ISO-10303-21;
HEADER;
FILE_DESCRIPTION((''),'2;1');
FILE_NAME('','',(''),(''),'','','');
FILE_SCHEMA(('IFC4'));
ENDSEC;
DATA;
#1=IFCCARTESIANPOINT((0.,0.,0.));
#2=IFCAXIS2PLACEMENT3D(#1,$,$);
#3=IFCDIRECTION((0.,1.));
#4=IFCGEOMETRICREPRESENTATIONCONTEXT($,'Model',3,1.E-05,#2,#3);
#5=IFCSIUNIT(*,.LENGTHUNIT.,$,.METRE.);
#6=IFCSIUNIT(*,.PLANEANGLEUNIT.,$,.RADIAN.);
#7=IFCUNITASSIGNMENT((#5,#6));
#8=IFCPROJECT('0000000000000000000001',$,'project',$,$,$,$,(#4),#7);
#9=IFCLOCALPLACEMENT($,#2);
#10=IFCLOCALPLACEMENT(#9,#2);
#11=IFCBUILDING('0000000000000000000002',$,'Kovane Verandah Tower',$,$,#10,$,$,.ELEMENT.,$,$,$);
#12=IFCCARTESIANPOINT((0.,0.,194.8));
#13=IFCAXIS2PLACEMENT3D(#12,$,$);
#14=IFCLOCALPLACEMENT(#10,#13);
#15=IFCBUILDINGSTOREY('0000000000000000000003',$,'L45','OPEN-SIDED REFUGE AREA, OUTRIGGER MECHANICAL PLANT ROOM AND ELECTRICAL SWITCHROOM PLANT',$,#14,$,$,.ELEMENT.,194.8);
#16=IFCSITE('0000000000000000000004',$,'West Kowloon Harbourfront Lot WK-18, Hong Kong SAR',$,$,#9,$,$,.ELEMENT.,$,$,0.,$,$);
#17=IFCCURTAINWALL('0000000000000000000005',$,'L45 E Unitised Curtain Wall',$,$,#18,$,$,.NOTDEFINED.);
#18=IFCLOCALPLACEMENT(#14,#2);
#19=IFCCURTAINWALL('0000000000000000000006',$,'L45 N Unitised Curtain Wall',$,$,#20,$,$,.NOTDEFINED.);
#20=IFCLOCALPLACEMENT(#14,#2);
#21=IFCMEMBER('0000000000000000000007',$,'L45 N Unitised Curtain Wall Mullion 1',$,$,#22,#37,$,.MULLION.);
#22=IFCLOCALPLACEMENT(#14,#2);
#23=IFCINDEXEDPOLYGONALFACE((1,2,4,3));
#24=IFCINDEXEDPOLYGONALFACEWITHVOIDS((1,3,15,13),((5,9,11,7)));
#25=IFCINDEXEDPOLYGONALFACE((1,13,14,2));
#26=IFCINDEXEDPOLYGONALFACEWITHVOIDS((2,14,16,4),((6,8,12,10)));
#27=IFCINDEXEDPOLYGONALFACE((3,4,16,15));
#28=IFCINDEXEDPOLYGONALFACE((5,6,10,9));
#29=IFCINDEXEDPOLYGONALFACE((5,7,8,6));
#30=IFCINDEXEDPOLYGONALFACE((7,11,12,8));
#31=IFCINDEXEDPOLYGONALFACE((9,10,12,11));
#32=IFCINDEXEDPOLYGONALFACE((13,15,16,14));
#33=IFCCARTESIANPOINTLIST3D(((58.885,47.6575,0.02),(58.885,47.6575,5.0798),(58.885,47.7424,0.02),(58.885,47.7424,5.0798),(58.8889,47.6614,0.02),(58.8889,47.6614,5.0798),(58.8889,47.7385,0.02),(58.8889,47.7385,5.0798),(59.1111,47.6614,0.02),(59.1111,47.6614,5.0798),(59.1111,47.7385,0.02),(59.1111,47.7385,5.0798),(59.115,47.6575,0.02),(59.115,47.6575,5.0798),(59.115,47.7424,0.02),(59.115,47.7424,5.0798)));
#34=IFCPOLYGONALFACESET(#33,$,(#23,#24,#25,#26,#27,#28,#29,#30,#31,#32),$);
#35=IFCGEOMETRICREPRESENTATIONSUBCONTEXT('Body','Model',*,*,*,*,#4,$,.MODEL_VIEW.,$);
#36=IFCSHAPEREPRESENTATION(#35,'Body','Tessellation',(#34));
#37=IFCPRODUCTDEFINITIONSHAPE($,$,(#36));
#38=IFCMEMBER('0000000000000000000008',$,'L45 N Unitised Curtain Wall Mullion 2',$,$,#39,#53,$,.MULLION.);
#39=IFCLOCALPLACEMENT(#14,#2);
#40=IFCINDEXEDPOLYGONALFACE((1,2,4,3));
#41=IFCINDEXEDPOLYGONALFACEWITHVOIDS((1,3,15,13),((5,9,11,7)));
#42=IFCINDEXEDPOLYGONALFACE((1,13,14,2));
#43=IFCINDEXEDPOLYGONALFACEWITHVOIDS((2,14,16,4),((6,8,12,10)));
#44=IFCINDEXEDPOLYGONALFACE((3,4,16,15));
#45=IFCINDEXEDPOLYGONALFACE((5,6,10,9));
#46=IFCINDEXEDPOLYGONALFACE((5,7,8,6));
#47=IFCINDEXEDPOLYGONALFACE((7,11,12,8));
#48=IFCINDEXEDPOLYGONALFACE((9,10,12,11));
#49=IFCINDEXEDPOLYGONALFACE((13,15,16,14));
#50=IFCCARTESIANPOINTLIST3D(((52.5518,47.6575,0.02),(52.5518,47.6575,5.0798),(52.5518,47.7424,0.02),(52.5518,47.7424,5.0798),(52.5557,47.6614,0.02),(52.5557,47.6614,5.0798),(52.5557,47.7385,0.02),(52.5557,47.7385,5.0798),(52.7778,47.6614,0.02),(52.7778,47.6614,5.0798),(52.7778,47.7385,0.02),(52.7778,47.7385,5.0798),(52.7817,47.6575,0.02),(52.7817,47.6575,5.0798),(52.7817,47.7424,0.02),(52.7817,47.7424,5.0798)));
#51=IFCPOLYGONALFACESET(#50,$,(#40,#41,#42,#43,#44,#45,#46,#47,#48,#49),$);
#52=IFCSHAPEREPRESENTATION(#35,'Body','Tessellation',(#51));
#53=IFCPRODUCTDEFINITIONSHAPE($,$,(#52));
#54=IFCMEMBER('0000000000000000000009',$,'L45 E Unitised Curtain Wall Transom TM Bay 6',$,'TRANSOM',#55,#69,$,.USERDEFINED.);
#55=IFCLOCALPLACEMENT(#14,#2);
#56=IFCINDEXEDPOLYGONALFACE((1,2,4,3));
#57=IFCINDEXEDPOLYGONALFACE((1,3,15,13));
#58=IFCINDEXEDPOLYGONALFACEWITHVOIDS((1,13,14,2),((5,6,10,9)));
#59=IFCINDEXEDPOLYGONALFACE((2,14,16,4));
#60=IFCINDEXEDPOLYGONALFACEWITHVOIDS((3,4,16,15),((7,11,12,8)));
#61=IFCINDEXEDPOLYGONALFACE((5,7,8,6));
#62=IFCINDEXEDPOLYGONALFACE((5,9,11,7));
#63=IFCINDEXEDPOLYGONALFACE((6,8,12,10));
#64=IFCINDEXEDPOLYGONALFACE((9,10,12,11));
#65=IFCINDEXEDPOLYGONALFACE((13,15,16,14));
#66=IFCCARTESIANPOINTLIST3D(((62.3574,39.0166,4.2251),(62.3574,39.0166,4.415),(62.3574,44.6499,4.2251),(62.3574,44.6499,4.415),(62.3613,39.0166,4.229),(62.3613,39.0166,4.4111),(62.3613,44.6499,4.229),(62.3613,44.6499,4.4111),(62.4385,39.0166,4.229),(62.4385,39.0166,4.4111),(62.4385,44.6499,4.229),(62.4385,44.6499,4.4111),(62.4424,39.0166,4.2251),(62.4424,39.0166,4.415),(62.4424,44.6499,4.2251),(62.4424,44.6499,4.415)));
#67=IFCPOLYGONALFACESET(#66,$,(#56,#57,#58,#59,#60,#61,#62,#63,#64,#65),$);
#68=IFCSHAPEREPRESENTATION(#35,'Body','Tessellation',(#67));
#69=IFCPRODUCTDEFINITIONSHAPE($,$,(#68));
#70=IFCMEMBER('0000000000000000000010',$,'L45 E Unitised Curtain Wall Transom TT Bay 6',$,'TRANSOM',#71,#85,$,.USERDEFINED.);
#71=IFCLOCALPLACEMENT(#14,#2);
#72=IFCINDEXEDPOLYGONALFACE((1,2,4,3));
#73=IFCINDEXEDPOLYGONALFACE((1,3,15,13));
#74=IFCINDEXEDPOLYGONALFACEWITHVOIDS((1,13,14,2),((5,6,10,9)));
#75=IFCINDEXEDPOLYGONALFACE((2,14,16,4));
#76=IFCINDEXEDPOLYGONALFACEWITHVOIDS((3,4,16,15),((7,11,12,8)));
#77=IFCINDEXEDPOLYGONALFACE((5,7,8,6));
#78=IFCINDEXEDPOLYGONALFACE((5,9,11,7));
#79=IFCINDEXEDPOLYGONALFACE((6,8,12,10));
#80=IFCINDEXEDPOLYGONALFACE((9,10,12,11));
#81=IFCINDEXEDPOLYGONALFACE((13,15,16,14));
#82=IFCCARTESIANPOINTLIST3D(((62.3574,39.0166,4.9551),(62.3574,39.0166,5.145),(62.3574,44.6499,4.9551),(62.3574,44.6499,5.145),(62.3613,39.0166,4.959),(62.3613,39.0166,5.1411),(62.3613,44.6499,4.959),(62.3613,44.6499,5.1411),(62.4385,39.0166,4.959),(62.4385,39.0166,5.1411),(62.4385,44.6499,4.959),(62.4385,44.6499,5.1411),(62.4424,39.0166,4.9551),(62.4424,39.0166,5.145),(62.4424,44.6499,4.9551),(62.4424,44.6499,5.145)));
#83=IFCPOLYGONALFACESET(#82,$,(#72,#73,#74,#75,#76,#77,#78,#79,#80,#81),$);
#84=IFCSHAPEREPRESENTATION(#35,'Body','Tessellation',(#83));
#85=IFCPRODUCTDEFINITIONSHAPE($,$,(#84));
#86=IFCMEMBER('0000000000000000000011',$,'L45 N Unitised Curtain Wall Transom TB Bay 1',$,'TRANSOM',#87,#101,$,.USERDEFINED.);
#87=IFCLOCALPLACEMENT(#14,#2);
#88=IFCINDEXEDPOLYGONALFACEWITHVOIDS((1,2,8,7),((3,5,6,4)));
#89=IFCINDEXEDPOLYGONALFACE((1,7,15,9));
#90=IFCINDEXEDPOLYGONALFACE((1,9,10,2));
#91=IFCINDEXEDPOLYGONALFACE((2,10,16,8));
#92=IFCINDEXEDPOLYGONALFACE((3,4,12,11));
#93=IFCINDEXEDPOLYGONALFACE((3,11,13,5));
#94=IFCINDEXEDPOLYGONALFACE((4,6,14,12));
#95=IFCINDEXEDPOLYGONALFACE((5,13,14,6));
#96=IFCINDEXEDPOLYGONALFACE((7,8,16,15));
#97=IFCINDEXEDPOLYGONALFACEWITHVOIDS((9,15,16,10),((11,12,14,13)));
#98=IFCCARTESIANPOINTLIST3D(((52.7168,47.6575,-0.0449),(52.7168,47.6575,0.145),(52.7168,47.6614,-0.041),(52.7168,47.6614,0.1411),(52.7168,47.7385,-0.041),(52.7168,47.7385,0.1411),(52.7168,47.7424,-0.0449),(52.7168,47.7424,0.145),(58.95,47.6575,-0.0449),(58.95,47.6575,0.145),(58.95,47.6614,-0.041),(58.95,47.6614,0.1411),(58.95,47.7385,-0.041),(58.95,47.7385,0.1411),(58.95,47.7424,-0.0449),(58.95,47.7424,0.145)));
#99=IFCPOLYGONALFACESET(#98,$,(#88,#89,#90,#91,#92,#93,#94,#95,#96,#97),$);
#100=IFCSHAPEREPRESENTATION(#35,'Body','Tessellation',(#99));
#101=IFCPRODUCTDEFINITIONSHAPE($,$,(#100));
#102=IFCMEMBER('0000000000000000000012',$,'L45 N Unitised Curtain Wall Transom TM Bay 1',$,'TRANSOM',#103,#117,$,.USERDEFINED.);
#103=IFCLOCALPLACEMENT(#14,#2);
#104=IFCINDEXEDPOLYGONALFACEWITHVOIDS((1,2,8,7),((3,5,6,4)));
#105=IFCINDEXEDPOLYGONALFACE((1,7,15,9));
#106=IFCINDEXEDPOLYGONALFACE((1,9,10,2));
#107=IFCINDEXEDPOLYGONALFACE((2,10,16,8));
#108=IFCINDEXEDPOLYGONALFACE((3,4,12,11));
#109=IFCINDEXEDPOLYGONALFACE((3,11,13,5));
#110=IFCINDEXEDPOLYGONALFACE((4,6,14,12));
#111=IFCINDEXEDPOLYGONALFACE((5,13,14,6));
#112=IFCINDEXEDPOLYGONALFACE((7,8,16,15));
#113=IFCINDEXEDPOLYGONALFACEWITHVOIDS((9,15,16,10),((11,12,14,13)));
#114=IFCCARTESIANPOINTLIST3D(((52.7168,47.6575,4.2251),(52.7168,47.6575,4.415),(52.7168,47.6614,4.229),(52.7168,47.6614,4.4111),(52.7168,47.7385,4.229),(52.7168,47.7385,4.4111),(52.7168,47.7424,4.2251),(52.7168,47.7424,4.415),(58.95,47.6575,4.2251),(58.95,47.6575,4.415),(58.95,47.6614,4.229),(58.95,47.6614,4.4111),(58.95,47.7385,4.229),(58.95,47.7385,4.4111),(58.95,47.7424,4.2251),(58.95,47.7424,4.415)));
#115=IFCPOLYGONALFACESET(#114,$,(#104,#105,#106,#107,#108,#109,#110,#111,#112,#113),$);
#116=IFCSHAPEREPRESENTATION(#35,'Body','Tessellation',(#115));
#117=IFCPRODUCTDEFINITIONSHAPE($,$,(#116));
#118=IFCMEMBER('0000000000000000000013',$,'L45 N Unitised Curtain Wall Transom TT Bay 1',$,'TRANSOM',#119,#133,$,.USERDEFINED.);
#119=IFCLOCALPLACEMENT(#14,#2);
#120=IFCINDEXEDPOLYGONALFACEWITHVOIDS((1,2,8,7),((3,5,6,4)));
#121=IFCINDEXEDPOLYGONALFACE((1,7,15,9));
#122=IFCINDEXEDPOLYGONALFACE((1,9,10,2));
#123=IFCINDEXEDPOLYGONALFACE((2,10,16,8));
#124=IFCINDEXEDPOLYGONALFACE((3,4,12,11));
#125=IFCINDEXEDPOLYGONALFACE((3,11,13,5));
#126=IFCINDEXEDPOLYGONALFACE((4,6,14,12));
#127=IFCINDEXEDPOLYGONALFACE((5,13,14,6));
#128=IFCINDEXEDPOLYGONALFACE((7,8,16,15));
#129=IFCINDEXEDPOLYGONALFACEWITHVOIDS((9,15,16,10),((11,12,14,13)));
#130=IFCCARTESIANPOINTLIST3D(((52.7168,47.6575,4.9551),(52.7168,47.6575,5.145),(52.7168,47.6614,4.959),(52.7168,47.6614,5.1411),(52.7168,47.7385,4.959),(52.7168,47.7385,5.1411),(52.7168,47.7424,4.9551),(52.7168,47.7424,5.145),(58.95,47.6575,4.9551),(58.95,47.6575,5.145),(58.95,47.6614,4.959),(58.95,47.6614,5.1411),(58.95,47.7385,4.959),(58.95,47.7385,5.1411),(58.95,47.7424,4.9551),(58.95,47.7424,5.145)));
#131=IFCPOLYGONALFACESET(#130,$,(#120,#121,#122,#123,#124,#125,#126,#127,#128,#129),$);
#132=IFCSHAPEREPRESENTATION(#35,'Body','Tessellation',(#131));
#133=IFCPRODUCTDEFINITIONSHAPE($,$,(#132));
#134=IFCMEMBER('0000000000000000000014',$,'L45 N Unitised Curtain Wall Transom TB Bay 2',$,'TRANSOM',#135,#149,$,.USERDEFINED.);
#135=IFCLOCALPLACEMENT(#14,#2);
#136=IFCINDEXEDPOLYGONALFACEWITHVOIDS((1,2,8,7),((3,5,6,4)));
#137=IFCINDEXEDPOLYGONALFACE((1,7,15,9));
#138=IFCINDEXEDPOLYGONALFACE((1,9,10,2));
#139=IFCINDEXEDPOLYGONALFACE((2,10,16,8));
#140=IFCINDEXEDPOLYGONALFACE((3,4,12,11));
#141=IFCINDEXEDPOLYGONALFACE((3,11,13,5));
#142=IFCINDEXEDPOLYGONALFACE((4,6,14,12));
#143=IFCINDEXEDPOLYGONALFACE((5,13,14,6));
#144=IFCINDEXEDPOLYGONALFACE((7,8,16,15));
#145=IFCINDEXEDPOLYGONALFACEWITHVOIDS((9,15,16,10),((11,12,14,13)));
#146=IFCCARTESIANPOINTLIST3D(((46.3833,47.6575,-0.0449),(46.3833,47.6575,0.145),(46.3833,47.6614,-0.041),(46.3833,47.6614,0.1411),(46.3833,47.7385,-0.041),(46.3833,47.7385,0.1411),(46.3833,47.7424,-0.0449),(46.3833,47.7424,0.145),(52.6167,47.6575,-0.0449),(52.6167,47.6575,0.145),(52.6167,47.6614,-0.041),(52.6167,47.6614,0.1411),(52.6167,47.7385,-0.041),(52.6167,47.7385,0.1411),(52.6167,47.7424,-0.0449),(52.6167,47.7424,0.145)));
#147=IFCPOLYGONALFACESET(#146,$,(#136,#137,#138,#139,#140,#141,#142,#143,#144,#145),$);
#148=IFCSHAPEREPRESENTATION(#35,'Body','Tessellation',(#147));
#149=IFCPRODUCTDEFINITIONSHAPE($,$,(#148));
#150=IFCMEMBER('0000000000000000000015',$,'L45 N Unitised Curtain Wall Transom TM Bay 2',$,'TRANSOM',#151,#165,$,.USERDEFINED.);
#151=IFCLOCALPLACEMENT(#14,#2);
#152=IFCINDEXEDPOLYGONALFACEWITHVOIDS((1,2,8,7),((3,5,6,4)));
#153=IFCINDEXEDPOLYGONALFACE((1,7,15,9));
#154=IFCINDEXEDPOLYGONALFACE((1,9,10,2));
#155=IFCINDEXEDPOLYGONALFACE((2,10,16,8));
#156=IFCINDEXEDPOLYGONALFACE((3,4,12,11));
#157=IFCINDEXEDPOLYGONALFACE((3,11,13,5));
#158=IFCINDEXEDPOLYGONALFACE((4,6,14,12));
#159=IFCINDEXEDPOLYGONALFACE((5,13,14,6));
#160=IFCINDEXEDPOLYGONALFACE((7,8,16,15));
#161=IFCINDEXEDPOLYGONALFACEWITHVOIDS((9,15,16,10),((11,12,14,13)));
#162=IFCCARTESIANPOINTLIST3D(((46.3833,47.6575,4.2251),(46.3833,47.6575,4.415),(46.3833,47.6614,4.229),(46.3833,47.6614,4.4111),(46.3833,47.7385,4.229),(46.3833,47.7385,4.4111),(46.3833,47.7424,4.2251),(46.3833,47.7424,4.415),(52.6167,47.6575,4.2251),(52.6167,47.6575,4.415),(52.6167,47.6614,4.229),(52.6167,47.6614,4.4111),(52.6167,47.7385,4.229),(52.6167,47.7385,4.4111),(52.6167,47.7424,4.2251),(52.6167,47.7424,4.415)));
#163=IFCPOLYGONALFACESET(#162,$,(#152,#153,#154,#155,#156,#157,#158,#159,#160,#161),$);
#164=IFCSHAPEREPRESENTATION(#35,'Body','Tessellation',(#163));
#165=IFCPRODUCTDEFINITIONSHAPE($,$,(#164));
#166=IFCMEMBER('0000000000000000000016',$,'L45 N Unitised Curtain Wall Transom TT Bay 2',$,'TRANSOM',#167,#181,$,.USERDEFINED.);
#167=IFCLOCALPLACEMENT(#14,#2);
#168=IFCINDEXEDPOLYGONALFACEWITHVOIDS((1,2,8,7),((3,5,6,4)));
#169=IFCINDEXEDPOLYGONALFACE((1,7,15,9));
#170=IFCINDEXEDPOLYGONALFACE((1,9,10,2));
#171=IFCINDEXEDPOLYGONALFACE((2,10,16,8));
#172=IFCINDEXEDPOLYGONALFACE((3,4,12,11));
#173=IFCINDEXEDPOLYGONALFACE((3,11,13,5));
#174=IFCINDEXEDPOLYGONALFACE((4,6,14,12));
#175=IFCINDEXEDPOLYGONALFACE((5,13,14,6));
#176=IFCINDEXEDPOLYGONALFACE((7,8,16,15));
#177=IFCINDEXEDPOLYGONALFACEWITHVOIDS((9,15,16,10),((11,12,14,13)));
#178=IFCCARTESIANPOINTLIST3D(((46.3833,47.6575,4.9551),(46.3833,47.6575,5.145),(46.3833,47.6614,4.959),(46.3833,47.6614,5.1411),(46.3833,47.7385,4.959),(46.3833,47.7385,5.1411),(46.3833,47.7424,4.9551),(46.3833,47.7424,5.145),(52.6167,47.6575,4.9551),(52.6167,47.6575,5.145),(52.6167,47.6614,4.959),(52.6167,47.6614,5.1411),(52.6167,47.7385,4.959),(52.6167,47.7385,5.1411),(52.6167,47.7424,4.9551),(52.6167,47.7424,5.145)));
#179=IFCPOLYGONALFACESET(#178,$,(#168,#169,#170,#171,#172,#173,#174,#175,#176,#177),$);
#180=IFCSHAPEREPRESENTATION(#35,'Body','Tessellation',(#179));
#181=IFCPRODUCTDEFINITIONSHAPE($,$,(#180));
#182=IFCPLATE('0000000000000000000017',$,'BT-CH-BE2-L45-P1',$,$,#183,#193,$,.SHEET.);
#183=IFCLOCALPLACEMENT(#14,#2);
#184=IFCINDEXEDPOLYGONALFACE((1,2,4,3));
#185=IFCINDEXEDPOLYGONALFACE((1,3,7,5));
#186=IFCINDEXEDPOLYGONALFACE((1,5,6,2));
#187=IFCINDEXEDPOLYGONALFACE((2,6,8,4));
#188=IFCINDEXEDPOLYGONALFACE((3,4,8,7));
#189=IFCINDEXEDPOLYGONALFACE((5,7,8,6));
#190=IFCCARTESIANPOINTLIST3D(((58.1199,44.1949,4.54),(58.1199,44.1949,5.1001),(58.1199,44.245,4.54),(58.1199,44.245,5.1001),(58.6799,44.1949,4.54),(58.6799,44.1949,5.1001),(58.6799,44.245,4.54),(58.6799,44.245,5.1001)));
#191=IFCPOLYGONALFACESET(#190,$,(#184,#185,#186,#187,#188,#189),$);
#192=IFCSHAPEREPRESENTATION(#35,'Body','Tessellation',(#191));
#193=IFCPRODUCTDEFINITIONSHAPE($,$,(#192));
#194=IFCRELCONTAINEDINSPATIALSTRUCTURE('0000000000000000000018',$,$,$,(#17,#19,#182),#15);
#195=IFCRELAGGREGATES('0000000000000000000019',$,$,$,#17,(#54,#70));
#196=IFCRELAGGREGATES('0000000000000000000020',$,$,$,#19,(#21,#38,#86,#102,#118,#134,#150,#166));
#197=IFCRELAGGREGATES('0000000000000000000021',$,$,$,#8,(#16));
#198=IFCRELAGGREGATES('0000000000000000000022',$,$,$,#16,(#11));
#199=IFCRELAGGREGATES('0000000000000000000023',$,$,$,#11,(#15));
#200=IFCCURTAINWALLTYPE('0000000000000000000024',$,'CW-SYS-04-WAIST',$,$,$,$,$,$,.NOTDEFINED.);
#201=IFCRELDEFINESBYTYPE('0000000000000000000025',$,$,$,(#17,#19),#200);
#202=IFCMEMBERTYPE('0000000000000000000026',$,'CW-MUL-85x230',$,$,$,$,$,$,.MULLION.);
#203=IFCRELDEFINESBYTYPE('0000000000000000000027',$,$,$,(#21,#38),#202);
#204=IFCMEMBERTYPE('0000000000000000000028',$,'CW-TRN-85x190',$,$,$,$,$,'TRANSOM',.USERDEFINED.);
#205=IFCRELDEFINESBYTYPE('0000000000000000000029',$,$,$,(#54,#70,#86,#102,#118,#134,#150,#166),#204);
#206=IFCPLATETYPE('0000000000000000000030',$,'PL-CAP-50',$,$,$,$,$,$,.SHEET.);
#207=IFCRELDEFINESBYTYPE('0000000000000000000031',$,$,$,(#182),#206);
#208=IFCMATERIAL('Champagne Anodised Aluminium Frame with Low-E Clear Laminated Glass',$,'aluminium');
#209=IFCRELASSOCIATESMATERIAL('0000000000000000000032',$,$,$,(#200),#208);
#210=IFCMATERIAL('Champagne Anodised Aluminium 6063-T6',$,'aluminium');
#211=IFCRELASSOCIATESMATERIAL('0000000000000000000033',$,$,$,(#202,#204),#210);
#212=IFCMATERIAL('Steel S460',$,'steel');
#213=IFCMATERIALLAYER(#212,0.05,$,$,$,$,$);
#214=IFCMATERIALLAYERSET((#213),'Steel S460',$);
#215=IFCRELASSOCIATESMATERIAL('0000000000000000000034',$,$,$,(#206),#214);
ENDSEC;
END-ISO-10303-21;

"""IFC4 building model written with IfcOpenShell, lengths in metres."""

from ifc_helpers import new_model, si_unit, direction, frame, origin, origin_2d, place, context, subcontext, project, spatial, rectangle, hollow_rectangle, extrude, material, layer, layer_set, material_profile, profile_set, type_object, element, aggregate, save


model = new_model("IFC4")

# Units and contexts
model_context = context("Model", 3, precision=1e-05, world=origin(), true_north=direction((0.0, 1.0)))
body_context = subcontext(model_context, "Body", "Model", "MODEL_VIEW")
ifc_project = project(units=[si_unit("LENGTHUNIT", "METRE"), si_unit("PLANEANGLEUNIT", "RADIAN")], contexts=[model_context])

# Site, building, storey
site_placement = place(None, origin())
site = spatial("IfcSite", under=ifc_project, at=site_placement, Name="West Kowloon Harbourfront Lot WK-18, Hong Kong SAR", CompositionType="ELEMENT", RefElevation=0.0)
building_placement = place(site_placement, origin())
building = spatial("IfcBuilding", under=site, at=building_placement, Name="Kovane Verandah Tower", CompositionType="ELEMENT")
storey_placement = place(building_placement, frame((0.0, 0.0, 194.8)))
storey = spatial("IfcBuildingStorey", under=building, at=storey_placement, Name="L45", Description="OPEN-SIDED REFUGE AREA, OUTRIGGER MECHANICAL PLANT ROOM AND ELECTRICAL SWITCHROOM PLANT", CompositionType="ELEMENT", Elevation=194.8)

# Shared definitions
ifc_material_1 = material(Name="Steel S460", Category="steel")

# Curtain wall
ifc_material_2 = material(Name="Champagne Anodised Aluminium Frame with Low-E Clear Laminated Glass", Category="aluminium")
curtain_wall_type = type_object("IfcCurtainWallType", Name="CW-SYS-04-WAIST", PredefinedType="NOTDEFINED", material=ifc_material_2)
curtain_wall_1_placement = place(storey_placement, origin())
curtain_wall_1 = element("IfcCurtainWall", 1, at=curtain_wall_1_placement, inside=storey, type_object=curtain_wall_type, Name="L45 E Unitised Curtain Wall", PredefinedType="NOTDEFINED")
ifc_material_3 = material(Name="Champagne Anodised Aluminium 6063-T6", Category="aluminium")
ifc_material_profile_1 = material_profile(ifc_material_3, hollow_rectangle(XDim=0.085, YDim=0.23, WallThickness=0.0039, at=origin_2d()), Name="AL85x230x4")
ifc_profile_set_1 = profile_set([ifc_material_profile_1], Name="Champagne Anodised Aluminium 6063-T6")
member_type_1 = type_object("IfcMemberType", Name="CW-MUL-85x230", PredefinedType="MULLION", material=ifc_profile_set_1)

# Curtain wall, members
curtain_wall_2_placement = place(storey_placement, origin())
curtain_wall_2 = element("IfcCurtainWall", 2, at=curtain_wall_2_placement, inside=storey, type_object=curtain_wall_type, Name="L45 N Unitised Curtain Wall", PredefinedType="NOTDEFINED")
member_1_placement = place(storey_placement, frame((59.0, 47.7, 0.02), z_axis=(0.0, 0.0, 1.0), x_axis=(0.0, 1.0, 0.0)))
member_1 = element("IfcMember", 3, at=member_1_placement, type_object=member_type_1, Name="L45 N Unitised Curtain Wall Mullion 1", PredefinedType="MULLION", context=body_context, shape_type="SweptSolid", body=[
    extrude(hollow_rectangle(XDim=0.085, YDim=0.23, WallThickness=0.0039, at=origin_2d()), origin(), (0.0, 0.0, 1.0), 5.0598),
])
member_2_placement = place(storey_placement, frame((52.6667, 47.7, 0.02), z_axis=(0.0, 0.0, 1.0), x_axis=(0.0, 1.0, 0.0)))
member_2 = element("IfcMember", 4, at=member_2_placement, type_object=member_type_1, Name="L45 N Unitised Curtain Wall Mullion 2", PredefinedType="MULLION", context=body_context, shape_type="SweptSolid", body=[
    extrude(hollow_rectangle(XDim=0.085, YDim=0.23, WallThickness=0.0039, at=origin_2d()), origin(), (0.0, 0.0, 1.0), 5.0598),
])

# Members
ifc_material_profile_2 = material_profile(ifc_material_3, hollow_rectangle(XDim=0.085, YDim=0.1899, WallThickness=0.0039, at=origin_2d()), Name="AL85x190x4")
ifc_profile_set_2 = profile_set([ifc_material_profile_2], Name="Champagne Anodised Aluminium 6063-T6")
member_type_2 = type_object("IfcMemberType", Name="CW-TRN-85x190", ElementType="TRANSOM", PredefinedType="USERDEFINED", material=ifc_profile_set_2)
member_3_placement = place(storey_placement, frame((62.3999, 39.0166, 4.3201), z_axis=(0.0, 1.0, 0.0), x_axis=(-1.0, 0.0, 0.0)))
member_3 = element("IfcMember", 5, at=member_3_placement, type_object=member_type_2, Name="L45 E Unitised Curtain Wall Transom TM Bay 6", ObjectType="TRANSOM", PredefinedType="USERDEFINED", context=body_context, shape_type="SweptSolid", body=[
    extrude(hollow_rectangle(XDim=0.085, YDim=0.1899, WallThickness=0.0039, at=origin_2d()), origin(), (0.0, 0.0, 1.0), 5.6333),
])
member_4_placement = place(storey_placement, frame((62.3999, 39.0166, 5.05), z_axis=(0.0, 1.0, 0.0), x_axis=(-1.0, 0.0, 0.0)))
member_4 = element("IfcMember", 6, at=member_4_placement, type_object=member_type_2, Name="L45 E Unitised Curtain Wall Transom TT Bay 6", ObjectType="TRANSOM", PredefinedType="USERDEFINED", context=body_context, shape_type="SweptSolid", body=[
    extrude(hollow_rectangle(XDim=0.085, YDim=0.1899, WallThickness=0.0039, at=origin_2d()), origin(), (0.0, 0.0, 1.0), 5.6333),
])
member_5_placement = place(storey_placement, frame((58.95, 47.7, 0.05), z_axis=(-1.0, 0.0, 0.0), x_axis=(0.0, -1.0, 0.0)))
member_5 = element("IfcMember", 7, at=member_5_placement, type_object=member_type_2, Name="L45 N Unitised Curtain Wall Transom TB Bay 1", ObjectType="TRANSOM", PredefinedType="USERDEFINED", context=body_context, shape_type="SweptSolid", body=[
    extrude(hollow_rectangle(XDim=0.085, YDim=0.1899, WallThickness=0.0039, at=origin_2d()), origin(), (0.0, 0.0, 1.0), 6.2332),
])
member_6_placement = place(storey_placement, frame((58.95, 47.7, 4.3201), z_axis=(-1.0, 0.0, 0.0), x_axis=(0.0, -1.0, 0.0)))
member_6 = element("IfcMember", 8, at=member_6_placement, type_object=member_type_2, Name="L45 N Unitised Curtain Wall Transom TM Bay 1", ObjectType="TRANSOM", PredefinedType="USERDEFINED", context=body_context, shape_type="SweptSolid", body=[
    extrude(hollow_rectangle(XDim=0.085, YDim=0.1899, WallThickness=0.0039, at=origin_2d()), origin(), (0.0, 0.0, 1.0), 6.2332),
])
member_7_placement = place(storey_placement, frame((58.95, 47.7, 5.05), z_axis=(-1.0, 0.0, 0.0), x_axis=(0.0, -1.0, 0.0)))
member_7 = element("IfcMember", 9, at=member_7_placement, type_object=member_type_2, Name="L45 N Unitised Curtain Wall Transom TT Bay 1", ObjectType="TRANSOM", PredefinedType="USERDEFINED", context=body_context, shape_type="SweptSolid", body=[
    extrude(hollow_rectangle(XDim=0.085, YDim=0.1899, WallThickness=0.0039, at=origin_2d()), origin(), (0.0, 0.0, 1.0), 6.2332),
])
member_8_placement = place(storey_placement, frame((52.6167, 47.7, 0.05), z_axis=(-1.0, 0.0, 0.0), x_axis=(0.0, -1.0, 0.0)))
member_8 = element("IfcMember", 10, at=member_8_placement, type_object=member_type_2, Name="L45 N Unitised Curtain Wall Transom TB Bay 2", ObjectType="TRANSOM", PredefinedType="USERDEFINED", context=body_context, shape_type="SweptSolid", body=[
    extrude(hollow_rectangle(XDim=0.085, YDim=0.1899, WallThickness=0.0039, at=origin_2d()), origin(), (0.0, 0.0, 1.0), 6.2334),
])
member_9_placement = place(storey_placement, frame((52.6167, 47.7, 4.3201), z_axis=(-1.0, 0.0, 0.0), x_axis=(0.0, -1.0, 0.0)))
member_9 = element("IfcMember", 11, at=member_9_placement, type_object=member_type_2, Name="L45 N Unitised Curtain Wall Transom TM Bay 2", ObjectType="TRANSOM", PredefinedType="USERDEFINED", context=body_context, shape_type="SweptSolid", body=[
    extrude(hollow_rectangle(XDim=0.085, YDim=0.1899, WallThickness=0.0039, at=origin_2d()), origin(), (0.0, 0.0, 1.0), 6.2334),
])
member_10_placement = place(storey_placement, frame((52.6167, 47.7, 5.05), z_axis=(-1.0, 0.0, 0.0), x_axis=(0.0, -1.0, 0.0)))
member_10 = element("IfcMember", 12, at=member_10_placement, type_object=member_type_2, Name="L45 N Unitised Curtain Wall Transom TT Bay 2", ObjectType="TRANSOM", PredefinedType="USERDEFINED", context=body_context, shape_type="SweptSolid", body=[
    extrude(hollow_rectangle(XDim=0.085, YDim=0.1899, WallThickness=0.0039, at=origin_2d()), origin(), (0.0, 0.0, 1.0), 6.2334),
])

# Plate
ifc_layer_1 = layer(ifc_material_1, 0.05)
ifc_layer_set_1 = layer_set([ifc_layer_1], Name="Steel S460")
plate_type_1 = type_object("IfcPlateType", Name="PL-CAP-50", PredefinedType="SHEET", material=ifc_layer_set_1)
plate_1_placement = place(storey_placement, frame((58.3999, 44.22, 4.54), z_axis=(0.0, 0.0, 1.0), x_axis=(0.0, 1.0, 0.0)))
element("IfcPlate", 13, at=plate_1_placement, inside=storey, type_object=plate_type_1, Name="BT-CH-BE2-L45-P1", PredefinedType="SHEET", context=body_context, shape_type="SweptSolid", body=[
    extrude(rectangle(XDim=0.05, YDim=0.5601, at=origin_2d()), origin(), (0.0, 0.0, 1.0), 0.5601),
])
aggregate(curtain_wall_1, [member_3, member_4])
aggregate(curtain_wall_2, [member_1, member_2, member_5, member_6, member_7, member_8, member_9, member_10])

save(model, "model.ifc")
